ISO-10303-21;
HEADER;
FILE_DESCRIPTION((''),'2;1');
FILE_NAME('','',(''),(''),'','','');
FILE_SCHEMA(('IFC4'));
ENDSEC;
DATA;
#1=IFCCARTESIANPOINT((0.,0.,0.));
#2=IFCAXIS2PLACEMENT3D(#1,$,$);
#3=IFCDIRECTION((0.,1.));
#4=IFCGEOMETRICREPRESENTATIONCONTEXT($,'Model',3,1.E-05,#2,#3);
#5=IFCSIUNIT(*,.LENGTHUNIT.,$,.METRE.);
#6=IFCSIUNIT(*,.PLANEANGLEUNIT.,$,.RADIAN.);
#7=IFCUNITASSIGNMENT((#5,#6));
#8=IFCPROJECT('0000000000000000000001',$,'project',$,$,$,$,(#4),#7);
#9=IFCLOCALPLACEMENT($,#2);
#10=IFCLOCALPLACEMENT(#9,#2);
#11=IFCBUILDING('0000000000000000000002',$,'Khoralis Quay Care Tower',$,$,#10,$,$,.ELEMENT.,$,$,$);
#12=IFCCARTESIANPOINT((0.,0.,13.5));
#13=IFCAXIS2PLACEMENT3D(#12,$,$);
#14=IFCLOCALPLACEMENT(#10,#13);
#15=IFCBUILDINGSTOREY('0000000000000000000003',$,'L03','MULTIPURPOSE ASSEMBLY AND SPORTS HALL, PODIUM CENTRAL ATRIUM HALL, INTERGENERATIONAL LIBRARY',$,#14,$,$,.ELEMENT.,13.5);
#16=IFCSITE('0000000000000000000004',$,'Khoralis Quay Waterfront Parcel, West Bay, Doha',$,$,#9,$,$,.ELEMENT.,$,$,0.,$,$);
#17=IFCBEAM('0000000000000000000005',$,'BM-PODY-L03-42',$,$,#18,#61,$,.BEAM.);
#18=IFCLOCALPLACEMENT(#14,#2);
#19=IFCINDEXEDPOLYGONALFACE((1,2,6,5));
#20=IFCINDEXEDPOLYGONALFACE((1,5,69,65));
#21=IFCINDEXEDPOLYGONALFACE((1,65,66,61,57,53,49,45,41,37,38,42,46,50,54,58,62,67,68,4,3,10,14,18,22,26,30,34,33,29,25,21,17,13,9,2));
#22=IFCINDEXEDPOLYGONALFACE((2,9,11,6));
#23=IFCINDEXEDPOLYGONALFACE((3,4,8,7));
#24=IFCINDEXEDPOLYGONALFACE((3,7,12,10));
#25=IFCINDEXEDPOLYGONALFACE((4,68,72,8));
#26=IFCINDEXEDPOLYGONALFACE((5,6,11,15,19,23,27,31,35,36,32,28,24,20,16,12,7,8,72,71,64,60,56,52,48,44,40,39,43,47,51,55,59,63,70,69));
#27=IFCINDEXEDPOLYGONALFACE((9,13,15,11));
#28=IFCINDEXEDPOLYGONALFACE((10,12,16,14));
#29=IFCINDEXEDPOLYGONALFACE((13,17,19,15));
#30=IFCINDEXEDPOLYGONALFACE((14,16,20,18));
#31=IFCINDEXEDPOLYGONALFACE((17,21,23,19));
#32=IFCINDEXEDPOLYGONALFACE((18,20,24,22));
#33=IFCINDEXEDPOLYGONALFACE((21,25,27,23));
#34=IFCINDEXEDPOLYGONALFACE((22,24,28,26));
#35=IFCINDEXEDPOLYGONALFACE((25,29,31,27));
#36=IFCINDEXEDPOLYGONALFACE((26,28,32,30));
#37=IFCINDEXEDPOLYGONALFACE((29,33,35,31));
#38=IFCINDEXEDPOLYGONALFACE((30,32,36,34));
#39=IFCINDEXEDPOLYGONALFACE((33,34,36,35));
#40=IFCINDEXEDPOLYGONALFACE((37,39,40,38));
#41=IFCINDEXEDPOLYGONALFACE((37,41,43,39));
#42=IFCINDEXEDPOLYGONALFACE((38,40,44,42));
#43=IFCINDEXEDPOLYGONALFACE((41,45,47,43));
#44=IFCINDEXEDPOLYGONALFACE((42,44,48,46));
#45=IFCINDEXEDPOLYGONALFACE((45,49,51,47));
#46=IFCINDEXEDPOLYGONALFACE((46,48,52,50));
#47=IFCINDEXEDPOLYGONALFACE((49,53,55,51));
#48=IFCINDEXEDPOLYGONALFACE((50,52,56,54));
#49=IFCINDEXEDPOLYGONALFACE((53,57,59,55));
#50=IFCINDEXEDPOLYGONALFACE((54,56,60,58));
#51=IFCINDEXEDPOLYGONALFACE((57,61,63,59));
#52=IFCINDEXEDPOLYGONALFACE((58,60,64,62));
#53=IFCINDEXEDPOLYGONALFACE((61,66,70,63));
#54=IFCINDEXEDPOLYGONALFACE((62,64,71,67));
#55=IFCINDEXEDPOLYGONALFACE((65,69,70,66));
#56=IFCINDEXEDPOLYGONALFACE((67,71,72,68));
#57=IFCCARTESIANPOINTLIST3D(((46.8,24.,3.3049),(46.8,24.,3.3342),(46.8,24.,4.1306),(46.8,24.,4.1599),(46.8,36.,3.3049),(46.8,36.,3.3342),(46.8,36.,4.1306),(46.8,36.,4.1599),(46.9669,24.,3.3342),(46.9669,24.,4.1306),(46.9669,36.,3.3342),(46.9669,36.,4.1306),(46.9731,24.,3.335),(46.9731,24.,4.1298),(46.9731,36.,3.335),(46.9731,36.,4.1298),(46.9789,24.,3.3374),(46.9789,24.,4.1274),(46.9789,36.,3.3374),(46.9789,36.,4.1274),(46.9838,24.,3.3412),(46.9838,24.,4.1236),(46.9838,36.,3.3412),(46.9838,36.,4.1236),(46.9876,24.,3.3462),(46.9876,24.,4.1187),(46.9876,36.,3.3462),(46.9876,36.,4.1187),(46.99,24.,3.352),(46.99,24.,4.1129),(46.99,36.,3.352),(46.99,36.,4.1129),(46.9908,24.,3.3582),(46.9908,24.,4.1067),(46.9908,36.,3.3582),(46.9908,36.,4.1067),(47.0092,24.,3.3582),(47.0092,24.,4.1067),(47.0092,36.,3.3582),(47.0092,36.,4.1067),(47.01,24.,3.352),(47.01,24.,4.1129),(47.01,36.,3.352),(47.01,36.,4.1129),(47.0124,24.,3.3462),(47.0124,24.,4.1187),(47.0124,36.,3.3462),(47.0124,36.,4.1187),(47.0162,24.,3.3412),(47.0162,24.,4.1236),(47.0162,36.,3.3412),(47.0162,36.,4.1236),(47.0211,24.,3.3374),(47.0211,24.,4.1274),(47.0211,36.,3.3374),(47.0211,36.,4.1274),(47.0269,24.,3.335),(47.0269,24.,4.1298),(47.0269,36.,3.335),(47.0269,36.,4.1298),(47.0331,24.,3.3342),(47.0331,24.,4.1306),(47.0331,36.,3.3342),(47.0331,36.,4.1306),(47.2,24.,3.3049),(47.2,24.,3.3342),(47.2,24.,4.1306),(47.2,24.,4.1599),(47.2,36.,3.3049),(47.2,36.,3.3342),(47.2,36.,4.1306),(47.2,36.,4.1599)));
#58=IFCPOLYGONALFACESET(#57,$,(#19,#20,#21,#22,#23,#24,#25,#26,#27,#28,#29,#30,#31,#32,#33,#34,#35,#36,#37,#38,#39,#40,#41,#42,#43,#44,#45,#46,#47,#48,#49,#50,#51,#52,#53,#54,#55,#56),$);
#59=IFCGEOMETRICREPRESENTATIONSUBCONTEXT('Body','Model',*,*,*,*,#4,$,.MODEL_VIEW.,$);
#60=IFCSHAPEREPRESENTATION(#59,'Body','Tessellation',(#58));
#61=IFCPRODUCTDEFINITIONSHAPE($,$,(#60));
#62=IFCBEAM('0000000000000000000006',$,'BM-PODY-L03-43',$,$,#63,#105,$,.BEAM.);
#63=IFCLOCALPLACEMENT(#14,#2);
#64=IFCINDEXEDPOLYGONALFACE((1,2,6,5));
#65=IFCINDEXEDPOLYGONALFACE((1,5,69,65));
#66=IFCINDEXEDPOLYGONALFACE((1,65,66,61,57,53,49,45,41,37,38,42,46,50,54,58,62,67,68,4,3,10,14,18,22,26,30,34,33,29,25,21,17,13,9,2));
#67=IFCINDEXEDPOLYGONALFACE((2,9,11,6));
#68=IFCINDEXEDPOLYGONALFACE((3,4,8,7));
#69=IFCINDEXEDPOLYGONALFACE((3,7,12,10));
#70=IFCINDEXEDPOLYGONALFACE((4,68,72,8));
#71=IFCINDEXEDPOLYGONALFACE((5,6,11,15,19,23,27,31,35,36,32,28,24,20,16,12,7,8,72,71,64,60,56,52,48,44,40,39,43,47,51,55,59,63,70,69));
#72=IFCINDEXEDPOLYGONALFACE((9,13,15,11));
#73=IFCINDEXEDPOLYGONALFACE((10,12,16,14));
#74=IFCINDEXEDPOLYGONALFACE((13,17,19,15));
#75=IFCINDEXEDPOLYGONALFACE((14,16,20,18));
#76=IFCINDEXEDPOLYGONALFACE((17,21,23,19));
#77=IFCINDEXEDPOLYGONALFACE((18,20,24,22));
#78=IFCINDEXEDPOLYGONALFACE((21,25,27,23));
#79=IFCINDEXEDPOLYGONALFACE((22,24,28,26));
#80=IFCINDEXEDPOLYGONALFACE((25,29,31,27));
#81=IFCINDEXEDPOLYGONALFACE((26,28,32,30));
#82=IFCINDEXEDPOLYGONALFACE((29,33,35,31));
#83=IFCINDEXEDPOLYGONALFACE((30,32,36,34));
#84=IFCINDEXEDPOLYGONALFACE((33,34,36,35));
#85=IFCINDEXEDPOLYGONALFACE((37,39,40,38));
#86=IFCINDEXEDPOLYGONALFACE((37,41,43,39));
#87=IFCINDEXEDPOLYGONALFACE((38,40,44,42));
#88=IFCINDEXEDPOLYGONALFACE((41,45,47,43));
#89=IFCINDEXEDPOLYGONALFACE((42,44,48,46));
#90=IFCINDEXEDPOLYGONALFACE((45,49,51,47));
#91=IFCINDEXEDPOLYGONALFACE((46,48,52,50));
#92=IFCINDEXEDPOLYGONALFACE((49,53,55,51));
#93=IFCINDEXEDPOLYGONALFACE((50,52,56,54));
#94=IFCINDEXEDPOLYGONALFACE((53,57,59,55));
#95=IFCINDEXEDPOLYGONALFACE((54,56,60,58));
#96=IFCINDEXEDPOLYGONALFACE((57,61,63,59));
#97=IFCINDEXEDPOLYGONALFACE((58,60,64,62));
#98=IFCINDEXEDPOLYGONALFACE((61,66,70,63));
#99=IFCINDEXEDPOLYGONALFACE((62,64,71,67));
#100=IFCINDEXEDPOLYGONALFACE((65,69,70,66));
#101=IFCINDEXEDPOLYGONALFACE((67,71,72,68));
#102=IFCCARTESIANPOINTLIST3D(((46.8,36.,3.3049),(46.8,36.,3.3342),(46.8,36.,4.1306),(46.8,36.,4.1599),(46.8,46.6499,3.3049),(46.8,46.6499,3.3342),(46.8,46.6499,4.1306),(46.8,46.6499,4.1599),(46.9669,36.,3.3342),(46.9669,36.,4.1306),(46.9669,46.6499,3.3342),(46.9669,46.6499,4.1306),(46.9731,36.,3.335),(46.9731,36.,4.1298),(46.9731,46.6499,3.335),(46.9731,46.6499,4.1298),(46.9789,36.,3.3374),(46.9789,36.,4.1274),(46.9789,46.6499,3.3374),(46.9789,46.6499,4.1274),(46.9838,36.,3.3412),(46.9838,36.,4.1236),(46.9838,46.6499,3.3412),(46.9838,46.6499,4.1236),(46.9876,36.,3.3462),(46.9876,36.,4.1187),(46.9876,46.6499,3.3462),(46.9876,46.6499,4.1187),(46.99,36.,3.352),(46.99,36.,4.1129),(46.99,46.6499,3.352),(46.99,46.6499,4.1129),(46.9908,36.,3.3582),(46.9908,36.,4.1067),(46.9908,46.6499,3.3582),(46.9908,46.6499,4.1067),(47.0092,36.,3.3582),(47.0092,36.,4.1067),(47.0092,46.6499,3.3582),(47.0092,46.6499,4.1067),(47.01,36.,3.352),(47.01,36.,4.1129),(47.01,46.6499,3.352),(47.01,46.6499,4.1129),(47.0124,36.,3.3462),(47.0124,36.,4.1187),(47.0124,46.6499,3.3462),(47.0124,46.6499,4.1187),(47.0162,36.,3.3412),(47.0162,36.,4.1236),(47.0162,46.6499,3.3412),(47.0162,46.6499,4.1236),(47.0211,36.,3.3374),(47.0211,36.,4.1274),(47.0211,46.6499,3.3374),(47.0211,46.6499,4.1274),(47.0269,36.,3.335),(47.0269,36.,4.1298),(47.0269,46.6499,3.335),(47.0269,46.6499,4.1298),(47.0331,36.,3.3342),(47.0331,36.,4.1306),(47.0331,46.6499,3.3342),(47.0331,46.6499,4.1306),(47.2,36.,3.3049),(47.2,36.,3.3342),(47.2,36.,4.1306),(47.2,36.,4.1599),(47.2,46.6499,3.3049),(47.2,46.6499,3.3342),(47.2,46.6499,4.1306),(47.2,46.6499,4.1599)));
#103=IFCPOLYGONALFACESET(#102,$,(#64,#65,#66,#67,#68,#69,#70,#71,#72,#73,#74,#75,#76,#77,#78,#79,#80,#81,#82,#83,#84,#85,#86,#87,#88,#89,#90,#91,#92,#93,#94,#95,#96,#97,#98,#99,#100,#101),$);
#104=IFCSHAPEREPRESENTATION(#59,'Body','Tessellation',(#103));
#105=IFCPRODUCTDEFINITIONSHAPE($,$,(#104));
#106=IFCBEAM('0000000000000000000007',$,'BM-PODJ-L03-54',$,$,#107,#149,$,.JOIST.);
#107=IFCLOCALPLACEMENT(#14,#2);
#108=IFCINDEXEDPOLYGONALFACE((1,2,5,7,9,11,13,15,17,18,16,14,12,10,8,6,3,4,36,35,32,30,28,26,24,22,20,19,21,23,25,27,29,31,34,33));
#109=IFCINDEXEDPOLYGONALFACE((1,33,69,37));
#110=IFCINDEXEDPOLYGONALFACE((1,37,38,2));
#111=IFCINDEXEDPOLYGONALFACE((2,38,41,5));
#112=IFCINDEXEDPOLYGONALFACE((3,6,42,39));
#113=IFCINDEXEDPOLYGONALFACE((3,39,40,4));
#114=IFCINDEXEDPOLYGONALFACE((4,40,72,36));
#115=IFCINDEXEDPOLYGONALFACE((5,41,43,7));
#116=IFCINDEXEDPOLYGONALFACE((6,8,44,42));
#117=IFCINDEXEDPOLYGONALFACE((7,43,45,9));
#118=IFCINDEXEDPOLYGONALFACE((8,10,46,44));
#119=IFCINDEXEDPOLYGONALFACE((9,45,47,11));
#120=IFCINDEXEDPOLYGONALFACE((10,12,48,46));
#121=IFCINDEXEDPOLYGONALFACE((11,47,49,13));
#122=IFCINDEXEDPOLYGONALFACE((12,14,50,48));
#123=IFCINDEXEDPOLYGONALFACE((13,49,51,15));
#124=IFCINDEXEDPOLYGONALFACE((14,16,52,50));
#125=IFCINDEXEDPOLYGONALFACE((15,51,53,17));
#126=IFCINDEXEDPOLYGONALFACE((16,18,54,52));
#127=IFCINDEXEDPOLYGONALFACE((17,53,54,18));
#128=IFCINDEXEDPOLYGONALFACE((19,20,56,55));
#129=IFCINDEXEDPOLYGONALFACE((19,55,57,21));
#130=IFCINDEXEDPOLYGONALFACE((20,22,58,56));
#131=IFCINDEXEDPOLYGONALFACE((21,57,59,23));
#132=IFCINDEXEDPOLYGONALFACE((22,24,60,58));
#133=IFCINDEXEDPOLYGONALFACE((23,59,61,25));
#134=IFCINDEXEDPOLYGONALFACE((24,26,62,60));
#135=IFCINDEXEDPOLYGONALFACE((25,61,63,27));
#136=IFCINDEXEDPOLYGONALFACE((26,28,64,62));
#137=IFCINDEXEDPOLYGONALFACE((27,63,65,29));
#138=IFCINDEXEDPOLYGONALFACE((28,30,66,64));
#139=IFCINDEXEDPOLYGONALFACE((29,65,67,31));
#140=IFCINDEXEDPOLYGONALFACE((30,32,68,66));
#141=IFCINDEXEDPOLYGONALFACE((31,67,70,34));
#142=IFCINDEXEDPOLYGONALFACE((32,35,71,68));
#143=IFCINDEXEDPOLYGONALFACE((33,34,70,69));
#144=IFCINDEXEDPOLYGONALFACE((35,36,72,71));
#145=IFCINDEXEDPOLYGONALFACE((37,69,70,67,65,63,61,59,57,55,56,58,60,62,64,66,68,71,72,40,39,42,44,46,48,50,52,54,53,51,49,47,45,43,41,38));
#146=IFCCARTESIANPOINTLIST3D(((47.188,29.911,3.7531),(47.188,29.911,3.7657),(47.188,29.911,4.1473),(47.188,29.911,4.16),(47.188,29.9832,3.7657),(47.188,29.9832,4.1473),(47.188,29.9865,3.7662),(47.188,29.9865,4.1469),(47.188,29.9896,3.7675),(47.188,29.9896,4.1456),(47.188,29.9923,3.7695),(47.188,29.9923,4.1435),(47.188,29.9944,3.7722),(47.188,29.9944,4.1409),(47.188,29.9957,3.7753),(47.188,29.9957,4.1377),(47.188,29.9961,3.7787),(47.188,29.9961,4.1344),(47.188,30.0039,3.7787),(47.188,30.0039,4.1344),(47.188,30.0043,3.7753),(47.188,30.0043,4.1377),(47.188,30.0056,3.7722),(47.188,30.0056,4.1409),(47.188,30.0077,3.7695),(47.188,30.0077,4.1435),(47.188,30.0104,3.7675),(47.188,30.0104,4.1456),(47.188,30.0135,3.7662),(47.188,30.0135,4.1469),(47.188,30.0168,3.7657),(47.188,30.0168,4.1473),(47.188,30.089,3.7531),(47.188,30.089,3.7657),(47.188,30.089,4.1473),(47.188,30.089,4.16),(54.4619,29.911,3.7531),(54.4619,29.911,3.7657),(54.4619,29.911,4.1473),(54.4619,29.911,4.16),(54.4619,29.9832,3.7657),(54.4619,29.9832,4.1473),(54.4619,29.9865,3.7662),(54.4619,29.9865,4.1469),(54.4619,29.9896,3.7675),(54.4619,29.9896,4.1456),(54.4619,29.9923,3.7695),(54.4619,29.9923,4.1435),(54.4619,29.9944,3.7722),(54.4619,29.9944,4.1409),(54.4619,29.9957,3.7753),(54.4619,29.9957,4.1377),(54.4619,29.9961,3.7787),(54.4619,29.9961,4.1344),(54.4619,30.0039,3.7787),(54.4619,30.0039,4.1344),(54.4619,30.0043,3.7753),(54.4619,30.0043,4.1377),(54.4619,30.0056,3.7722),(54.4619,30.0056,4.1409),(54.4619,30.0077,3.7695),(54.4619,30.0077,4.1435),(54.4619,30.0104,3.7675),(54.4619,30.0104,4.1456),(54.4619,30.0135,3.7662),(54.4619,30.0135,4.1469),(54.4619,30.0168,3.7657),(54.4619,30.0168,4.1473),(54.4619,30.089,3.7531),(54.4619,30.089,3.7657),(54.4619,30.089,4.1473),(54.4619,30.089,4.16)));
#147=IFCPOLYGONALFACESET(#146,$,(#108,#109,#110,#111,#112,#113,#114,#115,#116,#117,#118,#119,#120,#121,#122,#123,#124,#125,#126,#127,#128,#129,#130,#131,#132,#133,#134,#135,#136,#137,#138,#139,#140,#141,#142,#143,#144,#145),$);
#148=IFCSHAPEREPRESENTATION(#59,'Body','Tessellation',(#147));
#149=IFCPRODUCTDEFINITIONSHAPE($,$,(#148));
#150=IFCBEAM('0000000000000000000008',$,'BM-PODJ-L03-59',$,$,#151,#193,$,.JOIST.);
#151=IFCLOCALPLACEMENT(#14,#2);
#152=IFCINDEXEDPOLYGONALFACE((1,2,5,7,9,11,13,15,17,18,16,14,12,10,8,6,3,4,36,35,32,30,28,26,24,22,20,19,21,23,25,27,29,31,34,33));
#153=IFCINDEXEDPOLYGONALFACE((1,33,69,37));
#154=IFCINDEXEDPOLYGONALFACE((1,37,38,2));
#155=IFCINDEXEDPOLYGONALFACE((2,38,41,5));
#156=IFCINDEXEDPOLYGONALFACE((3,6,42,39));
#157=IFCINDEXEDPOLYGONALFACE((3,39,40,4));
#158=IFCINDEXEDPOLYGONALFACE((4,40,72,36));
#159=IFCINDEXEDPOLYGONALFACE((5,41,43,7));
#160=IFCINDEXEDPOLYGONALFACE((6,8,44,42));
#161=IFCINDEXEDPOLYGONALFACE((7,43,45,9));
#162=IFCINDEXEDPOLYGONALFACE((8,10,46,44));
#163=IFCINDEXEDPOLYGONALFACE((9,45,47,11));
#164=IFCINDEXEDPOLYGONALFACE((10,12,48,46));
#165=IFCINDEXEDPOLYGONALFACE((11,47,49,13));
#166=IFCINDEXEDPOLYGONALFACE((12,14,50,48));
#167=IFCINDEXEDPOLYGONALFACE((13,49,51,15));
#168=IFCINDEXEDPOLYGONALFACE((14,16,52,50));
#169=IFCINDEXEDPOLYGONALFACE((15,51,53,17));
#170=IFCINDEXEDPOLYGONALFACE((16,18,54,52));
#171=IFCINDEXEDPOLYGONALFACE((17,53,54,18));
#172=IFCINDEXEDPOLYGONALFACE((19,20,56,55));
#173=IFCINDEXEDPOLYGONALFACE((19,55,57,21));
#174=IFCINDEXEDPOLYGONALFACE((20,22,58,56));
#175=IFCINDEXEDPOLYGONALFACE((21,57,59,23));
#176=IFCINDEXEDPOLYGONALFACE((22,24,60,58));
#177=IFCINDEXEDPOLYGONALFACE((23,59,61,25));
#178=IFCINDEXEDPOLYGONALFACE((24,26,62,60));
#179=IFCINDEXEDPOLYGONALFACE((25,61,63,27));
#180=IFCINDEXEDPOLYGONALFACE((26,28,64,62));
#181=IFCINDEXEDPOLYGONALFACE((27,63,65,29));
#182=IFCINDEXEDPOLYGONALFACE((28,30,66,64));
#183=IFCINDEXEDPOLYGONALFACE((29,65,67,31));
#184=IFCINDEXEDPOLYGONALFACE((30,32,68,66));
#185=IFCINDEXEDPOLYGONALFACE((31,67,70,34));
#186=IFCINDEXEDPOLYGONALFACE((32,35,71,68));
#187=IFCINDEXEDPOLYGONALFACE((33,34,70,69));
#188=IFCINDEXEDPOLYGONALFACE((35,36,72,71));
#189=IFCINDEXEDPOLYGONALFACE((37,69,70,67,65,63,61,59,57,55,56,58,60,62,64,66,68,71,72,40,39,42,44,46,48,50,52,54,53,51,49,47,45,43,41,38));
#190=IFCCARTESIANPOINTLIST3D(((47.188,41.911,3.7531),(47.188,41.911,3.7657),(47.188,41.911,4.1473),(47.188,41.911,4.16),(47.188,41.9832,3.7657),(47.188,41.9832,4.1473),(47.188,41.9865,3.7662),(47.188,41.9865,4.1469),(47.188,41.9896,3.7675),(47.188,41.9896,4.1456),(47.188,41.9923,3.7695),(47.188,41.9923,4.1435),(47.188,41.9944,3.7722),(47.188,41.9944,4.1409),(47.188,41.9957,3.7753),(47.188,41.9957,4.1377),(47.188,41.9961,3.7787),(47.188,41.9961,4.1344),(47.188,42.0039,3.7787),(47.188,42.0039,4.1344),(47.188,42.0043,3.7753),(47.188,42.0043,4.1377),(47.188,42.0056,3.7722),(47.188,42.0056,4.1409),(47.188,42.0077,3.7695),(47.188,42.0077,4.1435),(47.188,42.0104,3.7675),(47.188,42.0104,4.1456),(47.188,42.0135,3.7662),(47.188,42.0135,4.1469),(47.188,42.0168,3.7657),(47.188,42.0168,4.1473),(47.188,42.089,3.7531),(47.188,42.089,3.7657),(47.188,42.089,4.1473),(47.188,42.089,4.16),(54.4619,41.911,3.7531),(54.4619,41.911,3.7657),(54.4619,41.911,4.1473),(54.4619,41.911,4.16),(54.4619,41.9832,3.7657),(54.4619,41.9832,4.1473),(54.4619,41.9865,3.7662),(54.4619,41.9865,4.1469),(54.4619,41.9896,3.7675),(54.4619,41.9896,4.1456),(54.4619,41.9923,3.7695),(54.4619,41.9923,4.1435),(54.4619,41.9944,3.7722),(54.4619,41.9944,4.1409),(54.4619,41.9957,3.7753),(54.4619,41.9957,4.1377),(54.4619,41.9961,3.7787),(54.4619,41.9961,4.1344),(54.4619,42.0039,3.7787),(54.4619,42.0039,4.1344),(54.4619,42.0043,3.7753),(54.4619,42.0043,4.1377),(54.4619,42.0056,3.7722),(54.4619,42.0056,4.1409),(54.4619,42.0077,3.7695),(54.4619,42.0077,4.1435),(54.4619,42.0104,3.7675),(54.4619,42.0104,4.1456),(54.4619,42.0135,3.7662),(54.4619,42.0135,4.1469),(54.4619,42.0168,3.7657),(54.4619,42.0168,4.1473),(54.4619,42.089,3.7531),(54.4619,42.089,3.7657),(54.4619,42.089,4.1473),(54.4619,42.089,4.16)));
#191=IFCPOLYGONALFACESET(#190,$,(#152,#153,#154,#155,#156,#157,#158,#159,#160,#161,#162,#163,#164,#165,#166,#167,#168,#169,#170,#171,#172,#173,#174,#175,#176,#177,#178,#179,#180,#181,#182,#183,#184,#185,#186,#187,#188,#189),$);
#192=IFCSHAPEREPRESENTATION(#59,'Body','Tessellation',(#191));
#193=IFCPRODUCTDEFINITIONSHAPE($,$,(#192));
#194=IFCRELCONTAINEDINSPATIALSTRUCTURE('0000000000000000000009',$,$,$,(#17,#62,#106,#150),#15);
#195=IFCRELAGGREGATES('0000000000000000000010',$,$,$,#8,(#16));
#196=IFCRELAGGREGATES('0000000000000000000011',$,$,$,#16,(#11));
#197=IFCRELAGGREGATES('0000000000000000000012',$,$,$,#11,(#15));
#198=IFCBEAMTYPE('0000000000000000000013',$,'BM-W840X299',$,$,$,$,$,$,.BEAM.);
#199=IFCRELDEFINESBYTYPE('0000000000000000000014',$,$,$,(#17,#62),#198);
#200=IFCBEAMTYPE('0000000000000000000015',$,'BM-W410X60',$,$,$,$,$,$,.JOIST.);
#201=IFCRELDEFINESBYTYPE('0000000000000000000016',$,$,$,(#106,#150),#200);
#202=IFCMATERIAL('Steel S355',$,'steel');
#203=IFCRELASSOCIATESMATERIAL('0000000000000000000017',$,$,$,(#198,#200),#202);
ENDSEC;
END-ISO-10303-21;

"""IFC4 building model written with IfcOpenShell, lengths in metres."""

from ifc_helpers import new_model, si_unit, direction, frame, origin, origin_2d, place, context, subcontext, project, spatial, i_section, extrude, source, transform, mapped, material, material_profile, profile_set, type_object, element, save


model = new_model("IFC4")

# Units and contexts
model_context = context("Model", 3, precision=1e-05, world=origin(), true_north=direction((0.0, 1.0)))
body_context = subcontext(model_context, "Body", "Model", "MODEL_VIEW")
ifc_project = project(units=[si_unit("LENGTHUNIT", "METRE"), si_unit("PLANEANGLEUNIT", "RADIAN")], contexts=[model_context])

# Site, building, storey
site_placement = place(None, origin())
site = spatial("IfcSite", under=ifc_project, at=site_placement, Name="Khoralis Quay Waterfront Parcel, West Bay, Doha", CompositionType="ELEMENT", RefElevation=0.0)
building_placement = place(site_placement, origin())
building = spatial("IfcBuilding", under=site, at=building_placement, Name="Khoralis Quay Care Tower", CompositionType="ELEMENT")
storey_placement = place(building_placement, frame((0.0, 0.0, 13.5)))
storey = spatial("IfcBuildingStorey", under=building, at=storey_placement, Name="L03", Description="MULTIPURPOSE ASSEMBLY AND SPORTS HALL, PODIUM CENTRAL ATRIUM HALL, INTERGENERATIONAL LIBRARY", CompositionType="ELEMENT", Elevation=13.5)

# Beams
ifc_material_1 = material(Name="Steel S355", Category="steel")
ifc_material_profile_1 = material_profile(ifc_material_1, i_section(OverallWidth=0.3999, OverallDepth=0.855, WebThickness=0.0183, FlangeThickness=0.0293, FilletRadius=0.0239, at=origin_2d()), Name="Steel S355")
ifc_profile_set_1 = profile_set([ifc_material_profile_1], Name="Steel S355")
beam_type_1 = type_object("IfcBeamType", Name="BM-W840X299", PredefinedType="BEAM", material=ifc_profile_set_1)
shared_shape_1 = source(origin(), body_context, "Body", "SweptSolid", [
    extrude(i_section(OverallWidth=0.3999, OverallDepth=0.855, WebThickness=0.0183, FlangeThickness=0.0293, FilletRadius=0.0239, at=origin_2d()), origin(), (0.0, 0.0, 1.0), 12.0),
])
beam_1_placement = place(storey_placement, frame((47.0, 24.0, 3.7324), z_axis=(0.0, 1.0, 0.0), x_axis=(-1.0, 0.0, 0.0)))
element("IfcBeam", 1, at=beam_1_placement, inside=storey, type_object=beam_type_1, Name="BM-PODY-L03-42", PredefinedType="BEAM", context=body_context, shape_type="MappedRepresentation", body=[
    mapped(shared_shape_1, transform((0.0, 0.0, 0.0), scale=1.0)),
])
shared_shape_2 = source(origin(), body_context, "Body", "SweptSolid", [
    extrude(i_section(OverallWidth=0.3999, OverallDepth=0.855, WebThickness=0.0183, FlangeThickness=0.0293, FilletRadius=0.0239, at=origin_2d()), origin(), (0.0, 0.0, 1.0), 10.6499),
])
beam_2_placement = place(storey_placement, frame((47.0, 36.0, 3.7324), z_axis=(0.0, 1.0, 0.0), x_axis=(-1.0, 0.0, 0.0)))
element("IfcBeam", 2, at=beam_2_placement, inside=storey, type_object=beam_type_1, Name="BM-PODY-L03-43", PredefinedType="BEAM", context=body_context, shape_type="MappedRepresentation", body=[
    mapped(shared_shape_2, transform((0.0, 0.0, 0.0), scale=1.0)),
])
ifc_material_profile_2 = material_profile(ifc_material_1, i_section(OverallWidth=0.178, OverallDepth=0.407, WebThickness=0.0078, FlangeThickness=0.0127, FilletRadius=0.0129, at=origin_2d()), Name="Steel S355")
ifc_profile_set_2 = profile_set([ifc_material_profile_2], Name="Steel S355")
beam_type_2 = type_object("IfcBeamType", Name="BM-W410X60", PredefinedType="JOIST", material=ifc_profile_set_2)
shared_shape_3 = source(origin(), body_context, "Body", "SweptSolid", [
    extrude(i_section(OverallWidth=0.178, OverallDepth=0.407, WebThickness=0.0078, FlangeThickness=0.0127, FilletRadius=0.0129, at=origin_2d()), origin(), (0.0, 0.0, 1.0), 7.2739),
])
for number, where, z_axis, x_axis, name in (
    (3, (47.188, 30.0, 3.9565), (1.0, 0.0, 0.0), (0.0, 1.0, 0.0), "BM-PODJ-L03-54"),
    (4, (47.188, 42.0, 3.9565), (1.0, 0.0, 0.0), (0.0, 1.0, 0.0), "BM-PODJ-L03-59"),
):
    element("IfcBeam", number, at=place(storey_placement, frame(where, z_axis=z_axis, x_axis=x_axis)), inside=storey, type_object=beam_type_2, Name=name, PredefinedType="JOIST", context=body_context, shape_type="MappedRepresentation", body=[
        mapped(shared_shape_3, transform((0.0, 0.0, 0.0), scale=1.0)),
    ])

save(model, "model.ifc")
